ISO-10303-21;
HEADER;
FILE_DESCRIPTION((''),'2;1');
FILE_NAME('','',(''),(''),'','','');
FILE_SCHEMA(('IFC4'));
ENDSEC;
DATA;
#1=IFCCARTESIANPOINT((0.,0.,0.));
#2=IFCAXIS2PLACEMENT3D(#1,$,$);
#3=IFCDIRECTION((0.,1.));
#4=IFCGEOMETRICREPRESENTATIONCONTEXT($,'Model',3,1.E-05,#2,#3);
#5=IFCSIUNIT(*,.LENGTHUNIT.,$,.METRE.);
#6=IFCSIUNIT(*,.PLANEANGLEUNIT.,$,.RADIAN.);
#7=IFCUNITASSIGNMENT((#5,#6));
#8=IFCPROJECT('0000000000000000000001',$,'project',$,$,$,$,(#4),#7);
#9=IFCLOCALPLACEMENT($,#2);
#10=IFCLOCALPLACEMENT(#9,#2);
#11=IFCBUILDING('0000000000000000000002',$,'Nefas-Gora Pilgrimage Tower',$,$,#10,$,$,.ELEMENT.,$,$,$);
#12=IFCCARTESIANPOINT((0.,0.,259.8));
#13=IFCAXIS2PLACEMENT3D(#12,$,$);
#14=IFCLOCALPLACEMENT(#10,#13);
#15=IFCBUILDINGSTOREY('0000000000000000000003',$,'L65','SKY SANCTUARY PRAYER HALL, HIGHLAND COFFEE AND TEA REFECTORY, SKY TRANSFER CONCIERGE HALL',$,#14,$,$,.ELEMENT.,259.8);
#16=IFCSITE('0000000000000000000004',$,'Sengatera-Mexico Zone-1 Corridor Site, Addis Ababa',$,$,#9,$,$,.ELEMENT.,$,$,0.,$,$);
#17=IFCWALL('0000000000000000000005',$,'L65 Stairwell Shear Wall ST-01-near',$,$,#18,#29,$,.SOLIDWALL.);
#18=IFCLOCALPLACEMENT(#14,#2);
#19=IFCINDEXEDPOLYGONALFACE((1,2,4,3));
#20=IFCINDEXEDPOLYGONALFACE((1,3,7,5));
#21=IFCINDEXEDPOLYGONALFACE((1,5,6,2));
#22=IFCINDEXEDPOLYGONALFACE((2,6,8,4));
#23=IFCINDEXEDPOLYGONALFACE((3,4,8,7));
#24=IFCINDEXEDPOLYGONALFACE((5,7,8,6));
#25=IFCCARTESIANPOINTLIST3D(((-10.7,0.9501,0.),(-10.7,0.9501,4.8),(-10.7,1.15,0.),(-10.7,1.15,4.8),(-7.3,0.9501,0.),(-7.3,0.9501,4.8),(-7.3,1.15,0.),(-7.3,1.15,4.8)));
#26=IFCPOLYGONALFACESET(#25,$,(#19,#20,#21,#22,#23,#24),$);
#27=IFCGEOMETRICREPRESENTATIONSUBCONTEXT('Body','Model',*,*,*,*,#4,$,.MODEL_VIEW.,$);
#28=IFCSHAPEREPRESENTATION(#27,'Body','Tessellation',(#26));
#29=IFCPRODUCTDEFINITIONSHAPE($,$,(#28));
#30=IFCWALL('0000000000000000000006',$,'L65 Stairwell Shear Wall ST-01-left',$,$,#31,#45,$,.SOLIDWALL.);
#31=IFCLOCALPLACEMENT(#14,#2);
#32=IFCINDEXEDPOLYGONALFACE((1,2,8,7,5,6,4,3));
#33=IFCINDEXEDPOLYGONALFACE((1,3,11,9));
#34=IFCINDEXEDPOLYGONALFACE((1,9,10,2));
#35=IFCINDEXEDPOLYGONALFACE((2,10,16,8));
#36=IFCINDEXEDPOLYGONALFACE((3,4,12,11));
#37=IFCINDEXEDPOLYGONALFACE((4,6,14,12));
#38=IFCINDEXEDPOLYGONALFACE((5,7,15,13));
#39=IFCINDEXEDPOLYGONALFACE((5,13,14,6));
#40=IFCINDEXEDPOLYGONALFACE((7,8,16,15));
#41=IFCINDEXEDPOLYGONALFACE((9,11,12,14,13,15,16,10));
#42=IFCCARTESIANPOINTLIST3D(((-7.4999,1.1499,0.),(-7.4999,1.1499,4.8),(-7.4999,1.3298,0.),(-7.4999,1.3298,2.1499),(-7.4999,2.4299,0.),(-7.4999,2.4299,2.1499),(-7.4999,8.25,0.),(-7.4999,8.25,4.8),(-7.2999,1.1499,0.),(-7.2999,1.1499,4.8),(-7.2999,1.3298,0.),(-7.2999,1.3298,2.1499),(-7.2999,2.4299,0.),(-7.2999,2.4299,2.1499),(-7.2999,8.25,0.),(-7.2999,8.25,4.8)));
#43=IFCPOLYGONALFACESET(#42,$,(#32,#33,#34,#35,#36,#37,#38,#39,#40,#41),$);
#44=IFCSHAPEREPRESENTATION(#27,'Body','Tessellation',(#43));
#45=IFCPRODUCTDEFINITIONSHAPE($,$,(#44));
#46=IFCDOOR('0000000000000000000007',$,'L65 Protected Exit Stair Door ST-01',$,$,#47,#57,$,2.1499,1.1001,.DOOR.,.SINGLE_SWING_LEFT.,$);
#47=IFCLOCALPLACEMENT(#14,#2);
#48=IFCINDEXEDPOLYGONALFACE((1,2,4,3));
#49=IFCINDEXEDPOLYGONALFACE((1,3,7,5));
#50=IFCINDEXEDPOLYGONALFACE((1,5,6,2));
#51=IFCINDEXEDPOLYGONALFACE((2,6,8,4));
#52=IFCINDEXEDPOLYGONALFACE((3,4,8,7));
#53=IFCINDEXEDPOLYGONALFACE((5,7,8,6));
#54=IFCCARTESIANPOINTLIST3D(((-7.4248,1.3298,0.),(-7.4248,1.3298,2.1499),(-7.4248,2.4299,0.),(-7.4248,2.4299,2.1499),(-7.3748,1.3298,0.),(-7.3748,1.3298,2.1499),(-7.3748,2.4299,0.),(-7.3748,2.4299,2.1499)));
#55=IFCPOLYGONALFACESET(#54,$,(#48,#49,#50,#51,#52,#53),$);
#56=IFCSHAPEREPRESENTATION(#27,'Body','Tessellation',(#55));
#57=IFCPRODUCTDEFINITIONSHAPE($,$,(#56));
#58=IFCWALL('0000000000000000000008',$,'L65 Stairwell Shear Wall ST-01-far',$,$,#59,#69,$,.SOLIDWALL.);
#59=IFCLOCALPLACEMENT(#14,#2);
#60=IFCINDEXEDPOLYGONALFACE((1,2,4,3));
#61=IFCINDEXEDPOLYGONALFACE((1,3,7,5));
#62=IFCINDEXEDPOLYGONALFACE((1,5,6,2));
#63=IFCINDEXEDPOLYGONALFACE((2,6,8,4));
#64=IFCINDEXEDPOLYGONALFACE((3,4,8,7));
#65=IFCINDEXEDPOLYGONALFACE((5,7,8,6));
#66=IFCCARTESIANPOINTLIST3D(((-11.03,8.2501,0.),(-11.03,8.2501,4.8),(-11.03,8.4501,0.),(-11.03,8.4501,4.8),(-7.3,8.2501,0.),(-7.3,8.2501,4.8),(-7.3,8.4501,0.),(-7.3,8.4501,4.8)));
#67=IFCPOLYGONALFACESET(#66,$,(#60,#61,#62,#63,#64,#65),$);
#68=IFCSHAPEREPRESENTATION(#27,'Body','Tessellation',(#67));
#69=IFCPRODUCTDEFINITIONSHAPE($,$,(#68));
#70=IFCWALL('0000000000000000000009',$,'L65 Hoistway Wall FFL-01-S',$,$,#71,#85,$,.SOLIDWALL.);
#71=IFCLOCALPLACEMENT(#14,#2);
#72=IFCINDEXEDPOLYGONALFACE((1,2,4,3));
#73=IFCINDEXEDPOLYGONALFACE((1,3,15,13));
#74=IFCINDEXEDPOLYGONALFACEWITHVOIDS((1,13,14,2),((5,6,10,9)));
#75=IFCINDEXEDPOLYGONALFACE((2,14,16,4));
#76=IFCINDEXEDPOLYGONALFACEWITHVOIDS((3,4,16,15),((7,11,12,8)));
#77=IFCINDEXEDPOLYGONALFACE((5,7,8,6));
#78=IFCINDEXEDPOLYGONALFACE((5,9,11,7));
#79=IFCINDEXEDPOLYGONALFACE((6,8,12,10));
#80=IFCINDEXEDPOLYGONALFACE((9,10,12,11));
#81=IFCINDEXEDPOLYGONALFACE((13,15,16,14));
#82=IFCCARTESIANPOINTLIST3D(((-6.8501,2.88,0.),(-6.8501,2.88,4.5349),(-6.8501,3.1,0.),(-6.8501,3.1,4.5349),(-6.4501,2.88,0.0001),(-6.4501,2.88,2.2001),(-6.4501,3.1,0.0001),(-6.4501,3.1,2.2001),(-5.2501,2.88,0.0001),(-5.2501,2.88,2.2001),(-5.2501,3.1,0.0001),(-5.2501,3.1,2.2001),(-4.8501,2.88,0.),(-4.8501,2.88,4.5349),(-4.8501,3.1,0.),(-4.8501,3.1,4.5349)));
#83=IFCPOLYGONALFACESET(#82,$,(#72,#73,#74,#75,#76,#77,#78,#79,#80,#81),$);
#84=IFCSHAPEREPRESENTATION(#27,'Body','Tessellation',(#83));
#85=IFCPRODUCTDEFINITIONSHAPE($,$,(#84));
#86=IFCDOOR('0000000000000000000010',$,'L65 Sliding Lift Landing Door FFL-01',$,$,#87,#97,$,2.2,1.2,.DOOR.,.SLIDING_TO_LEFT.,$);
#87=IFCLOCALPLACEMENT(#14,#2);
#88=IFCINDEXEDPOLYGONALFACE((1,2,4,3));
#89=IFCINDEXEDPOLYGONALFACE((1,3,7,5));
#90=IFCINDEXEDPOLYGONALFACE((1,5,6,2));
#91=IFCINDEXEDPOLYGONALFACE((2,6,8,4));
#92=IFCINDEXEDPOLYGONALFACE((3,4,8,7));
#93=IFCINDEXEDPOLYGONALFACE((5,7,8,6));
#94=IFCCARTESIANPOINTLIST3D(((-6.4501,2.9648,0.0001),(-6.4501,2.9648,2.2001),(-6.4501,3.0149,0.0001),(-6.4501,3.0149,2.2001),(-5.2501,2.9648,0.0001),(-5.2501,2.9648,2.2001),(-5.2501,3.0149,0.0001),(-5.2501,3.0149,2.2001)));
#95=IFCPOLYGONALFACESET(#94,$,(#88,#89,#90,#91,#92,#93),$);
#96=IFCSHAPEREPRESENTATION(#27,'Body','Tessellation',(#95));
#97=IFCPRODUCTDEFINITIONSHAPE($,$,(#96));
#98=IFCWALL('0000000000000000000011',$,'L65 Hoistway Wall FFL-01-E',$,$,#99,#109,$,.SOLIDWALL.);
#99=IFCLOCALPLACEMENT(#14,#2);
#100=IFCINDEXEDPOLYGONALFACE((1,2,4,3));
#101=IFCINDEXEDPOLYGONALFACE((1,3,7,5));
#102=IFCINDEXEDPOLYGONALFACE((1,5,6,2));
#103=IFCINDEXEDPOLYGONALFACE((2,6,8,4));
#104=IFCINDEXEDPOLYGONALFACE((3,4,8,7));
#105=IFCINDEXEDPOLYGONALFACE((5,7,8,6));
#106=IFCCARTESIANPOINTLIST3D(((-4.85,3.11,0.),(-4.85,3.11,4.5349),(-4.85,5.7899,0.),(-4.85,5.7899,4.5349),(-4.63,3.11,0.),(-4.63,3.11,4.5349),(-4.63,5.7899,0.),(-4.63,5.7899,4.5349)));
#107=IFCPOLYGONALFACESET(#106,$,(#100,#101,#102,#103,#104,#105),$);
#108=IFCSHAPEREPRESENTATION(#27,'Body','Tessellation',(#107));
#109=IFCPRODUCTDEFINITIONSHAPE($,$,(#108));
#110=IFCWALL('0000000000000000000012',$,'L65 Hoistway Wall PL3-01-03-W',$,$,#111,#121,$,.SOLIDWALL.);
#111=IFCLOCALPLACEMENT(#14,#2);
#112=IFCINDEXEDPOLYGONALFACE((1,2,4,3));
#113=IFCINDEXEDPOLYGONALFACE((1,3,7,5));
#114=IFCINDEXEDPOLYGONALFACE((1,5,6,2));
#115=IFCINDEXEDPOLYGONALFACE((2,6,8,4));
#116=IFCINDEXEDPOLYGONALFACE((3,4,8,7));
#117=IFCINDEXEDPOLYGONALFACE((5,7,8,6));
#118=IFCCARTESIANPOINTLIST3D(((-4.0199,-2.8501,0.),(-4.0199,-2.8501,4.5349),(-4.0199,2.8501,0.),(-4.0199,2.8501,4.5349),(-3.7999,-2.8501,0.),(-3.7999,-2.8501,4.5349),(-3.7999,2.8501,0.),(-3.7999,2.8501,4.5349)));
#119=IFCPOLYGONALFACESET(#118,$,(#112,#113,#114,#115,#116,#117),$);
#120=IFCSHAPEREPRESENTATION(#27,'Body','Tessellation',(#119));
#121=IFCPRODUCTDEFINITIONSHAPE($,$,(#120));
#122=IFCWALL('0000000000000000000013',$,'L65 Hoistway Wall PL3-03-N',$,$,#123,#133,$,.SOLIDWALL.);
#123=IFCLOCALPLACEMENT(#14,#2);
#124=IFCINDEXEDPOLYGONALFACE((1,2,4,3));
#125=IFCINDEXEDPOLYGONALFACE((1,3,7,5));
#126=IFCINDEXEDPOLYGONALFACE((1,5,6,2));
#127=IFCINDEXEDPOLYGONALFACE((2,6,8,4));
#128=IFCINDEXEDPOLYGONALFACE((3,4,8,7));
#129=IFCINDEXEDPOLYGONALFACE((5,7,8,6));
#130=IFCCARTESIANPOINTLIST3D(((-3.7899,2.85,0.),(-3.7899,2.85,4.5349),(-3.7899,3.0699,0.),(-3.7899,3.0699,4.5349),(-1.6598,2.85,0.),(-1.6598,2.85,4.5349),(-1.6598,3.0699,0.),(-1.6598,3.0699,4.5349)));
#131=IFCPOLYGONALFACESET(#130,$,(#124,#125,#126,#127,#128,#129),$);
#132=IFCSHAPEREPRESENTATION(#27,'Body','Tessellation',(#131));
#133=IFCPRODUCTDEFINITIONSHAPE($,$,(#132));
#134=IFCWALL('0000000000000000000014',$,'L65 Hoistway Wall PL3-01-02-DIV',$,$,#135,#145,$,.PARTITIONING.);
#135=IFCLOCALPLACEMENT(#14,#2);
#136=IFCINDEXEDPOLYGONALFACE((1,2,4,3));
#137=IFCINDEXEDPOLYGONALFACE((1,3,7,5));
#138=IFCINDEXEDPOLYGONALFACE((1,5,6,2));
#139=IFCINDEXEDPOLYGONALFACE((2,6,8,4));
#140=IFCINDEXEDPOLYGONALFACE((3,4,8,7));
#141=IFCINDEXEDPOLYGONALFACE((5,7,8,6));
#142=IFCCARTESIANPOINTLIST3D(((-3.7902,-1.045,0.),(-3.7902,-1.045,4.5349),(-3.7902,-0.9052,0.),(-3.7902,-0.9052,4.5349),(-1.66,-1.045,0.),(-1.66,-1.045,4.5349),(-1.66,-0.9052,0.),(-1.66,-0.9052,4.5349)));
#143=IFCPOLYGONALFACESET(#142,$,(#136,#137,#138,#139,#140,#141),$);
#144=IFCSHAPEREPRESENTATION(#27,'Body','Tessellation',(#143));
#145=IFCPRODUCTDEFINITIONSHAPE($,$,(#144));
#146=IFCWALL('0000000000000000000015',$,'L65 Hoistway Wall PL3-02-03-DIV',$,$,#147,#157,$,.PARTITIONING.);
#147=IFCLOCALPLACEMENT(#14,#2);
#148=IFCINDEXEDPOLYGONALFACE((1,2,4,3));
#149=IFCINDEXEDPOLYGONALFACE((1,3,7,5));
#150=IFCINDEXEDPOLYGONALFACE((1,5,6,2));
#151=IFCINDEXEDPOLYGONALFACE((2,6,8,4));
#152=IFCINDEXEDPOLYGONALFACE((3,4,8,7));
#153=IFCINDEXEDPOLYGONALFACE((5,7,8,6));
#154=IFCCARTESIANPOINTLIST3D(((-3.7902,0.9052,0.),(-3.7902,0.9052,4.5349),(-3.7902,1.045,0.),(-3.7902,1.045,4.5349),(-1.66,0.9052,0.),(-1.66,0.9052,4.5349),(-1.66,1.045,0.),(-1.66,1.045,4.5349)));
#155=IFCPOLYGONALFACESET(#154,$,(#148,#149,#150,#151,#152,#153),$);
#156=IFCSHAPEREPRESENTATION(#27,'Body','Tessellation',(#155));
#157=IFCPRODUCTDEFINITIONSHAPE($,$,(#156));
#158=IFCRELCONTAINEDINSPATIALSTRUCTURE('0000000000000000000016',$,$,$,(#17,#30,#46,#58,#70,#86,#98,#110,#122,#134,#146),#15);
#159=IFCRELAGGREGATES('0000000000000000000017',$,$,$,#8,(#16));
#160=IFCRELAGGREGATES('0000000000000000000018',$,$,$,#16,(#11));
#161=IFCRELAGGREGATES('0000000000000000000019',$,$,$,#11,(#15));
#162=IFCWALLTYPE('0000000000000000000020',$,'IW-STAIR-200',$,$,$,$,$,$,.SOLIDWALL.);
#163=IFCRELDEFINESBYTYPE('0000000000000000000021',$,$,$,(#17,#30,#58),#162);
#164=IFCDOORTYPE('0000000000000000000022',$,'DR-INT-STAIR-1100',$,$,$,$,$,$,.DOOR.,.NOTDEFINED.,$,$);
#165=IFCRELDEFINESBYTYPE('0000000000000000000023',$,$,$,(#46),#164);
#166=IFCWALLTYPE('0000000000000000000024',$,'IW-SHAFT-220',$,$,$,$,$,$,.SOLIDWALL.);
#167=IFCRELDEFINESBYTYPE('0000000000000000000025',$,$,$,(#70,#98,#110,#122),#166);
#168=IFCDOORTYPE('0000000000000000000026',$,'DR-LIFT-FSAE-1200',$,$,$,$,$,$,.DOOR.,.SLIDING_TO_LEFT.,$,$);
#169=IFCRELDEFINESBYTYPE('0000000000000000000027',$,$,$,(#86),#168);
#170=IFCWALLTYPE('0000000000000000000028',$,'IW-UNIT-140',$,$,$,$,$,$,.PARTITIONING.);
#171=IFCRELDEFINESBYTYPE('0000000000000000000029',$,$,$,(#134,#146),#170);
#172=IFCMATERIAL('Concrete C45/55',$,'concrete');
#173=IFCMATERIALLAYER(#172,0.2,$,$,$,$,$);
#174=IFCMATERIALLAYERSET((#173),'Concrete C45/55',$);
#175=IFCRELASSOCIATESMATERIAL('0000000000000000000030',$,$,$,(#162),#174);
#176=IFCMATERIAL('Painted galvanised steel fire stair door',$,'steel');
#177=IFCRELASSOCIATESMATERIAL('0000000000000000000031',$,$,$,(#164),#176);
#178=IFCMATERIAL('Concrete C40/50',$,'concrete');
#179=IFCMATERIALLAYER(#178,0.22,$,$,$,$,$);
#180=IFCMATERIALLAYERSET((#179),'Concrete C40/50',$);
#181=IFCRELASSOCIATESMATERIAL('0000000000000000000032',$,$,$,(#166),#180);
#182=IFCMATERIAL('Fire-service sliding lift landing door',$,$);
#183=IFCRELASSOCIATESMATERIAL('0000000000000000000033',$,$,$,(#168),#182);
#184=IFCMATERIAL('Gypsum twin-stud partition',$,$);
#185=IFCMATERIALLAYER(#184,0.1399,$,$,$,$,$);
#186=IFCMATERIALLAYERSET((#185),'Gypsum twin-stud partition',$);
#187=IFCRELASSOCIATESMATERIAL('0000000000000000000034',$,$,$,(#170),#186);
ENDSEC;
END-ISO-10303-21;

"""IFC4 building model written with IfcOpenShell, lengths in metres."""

from ifc_helpers import new_model, si_unit, direction, frame, frame_2d, origin, place, context, subcontext, project, spatial, rectangle, extrude, source, transform, mapped, material, layer, layer_set, type_object, element, fill, save


model = new_model("IFC4")

# Units and contexts
model_context = context("Model", 3, precision=1e-05, world=origin(), true_north=direction((0.0, 1.0)))
body_context = subcontext(model_context, "Body", "Model", "MODEL_VIEW")
ifc_project = project(units=[si_unit("LENGTHUNIT", "METRE"), si_unit("PLANEANGLEUNIT", "RADIAN")], contexts=[model_context])

# Site, building, storey
site_placement = place(None, origin())
site = spatial("IfcSite", under=ifc_project, at=site_placement, Name="Sengatera-Mexico Zone-1 Corridor Site, Addis Ababa", CompositionType="ELEMENT", RefElevation=0.0)
building_placement = place(site_placement, origin())
building = spatial("IfcBuilding", under=site, at=building_placement, Name="Nefas-Gora Pilgrimage Tower", CompositionType="ELEMENT")
storey_placement = place(building_placement, frame((0.0, 0.0, 259.8)))
storey = spatial("IfcBuildingStorey", under=building, at=storey_placement, Name="L65", Description="SKY SANCTUARY PRAYER HALL, HIGHLAND COFFEE AND TEA REFECTORY, SKY TRANSFER CONCIERGE HALL", CompositionType="ELEMENT", Elevation=259.8)

# Shared definitions
ifc_material_1 = material(Name="Concrete C45/55", Category="concrete")

# Shared definitions
ifc_material_2 = material(Name="Concrete C40/50", Category="concrete")

# Wall
ifc_layer_1 = layer(ifc_material_1, 0.2)
ifc_layer_set_1 = layer_set([ifc_layer_1], Name="Concrete C45/55")
wall_type_1 = type_object("IfcWallType", Name="IW-STAIR-200", PredefinedType="SOLIDWALL", material=ifc_layer_set_1)
shared_shape_1 = source(origin(), body_context, "Body", "SweptSolid", [
    extrude(rectangle(XDim=3.3999, YDim=0.2, at=frame_2d((1.7, 0.0))), origin(), (0.0, 0.0, 1.0), 4.8),
])
wall_1_placement = place(storey_placement, frame((-7.3, 1.05, 0.0), z_axis=(0.0, 0.0, 1.0), x_axis=(-1.0, 0.0, 0.0)))
element("IfcWall", 1, at=wall_1_placement, inside=storey, type_object=wall_type_1, Name="L65 Stairwell Shear Wall ST-01-near", PredefinedType="SOLIDWALL", context=body_context, shape_type="MappedRepresentation", body=[
    mapped(shared_shape_1, transform((0.0, 0.0, 0.0), x_axis=(1.0, 0.0, 0.0), y_axis=(0.0, 1.0, 0.0), z_axis=(0.0, 0.0, 1.0), scale=1.0)),
])

# Wall, opening, door
shared_shape_2 = source(origin(), body_context, "Body", "SweptSolid", [
    extrude(rectangle(XDim=7.1001, YDim=0.2, at=frame_2d((3.55, 0.0))), origin(), (0.0, 0.0, 1.0), 4.8),
])
wall_2_placement = place(storey_placement, frame((-7.3999, 1.1499, 0.0), z_axis=(0.0, 0.0, 1.0), x_axis=(0.0, 1.0, 0.0)))
wall_2 = element("IfcWall", 2, at=wall_2_placement, inside=storey, type_object=wall_type_1, Name="L65 Stairwell Shear Wall ST-01-left", PredefinedType="SOLIDWALL", context=body_context, shape_type="MappedRepresentation", body=[
    mapped(shared_shape_2, transform((0.0, 0.0, 0.0), x_axis=(1.0, 0.0, 0.0), y_axis=(0.0, 1.0, 0.0), z_axis=(0.0, 0.0, 1.0), scale=1.0)),
])
opening_1_placement = place(wall_2_placement, frame((0.1799, 0.0, 0.0)))
opening_1 = element("IfcOpeningElement", 3, at=opening_1_placement, cuts=wall_2, PredefinedType="OPENING", context=body_context, shape_type="SweptSolid", body=[
    extrude(rectangle(XDim=1.1001, YDim=2.1499, at=frame_2d((0.55, 1.075))), frame((0.0, 0.1099, 0.0), z_axis=(0.0, -1.0, 0.0), x_axis=(1.0, 0.0, 0.0)), (0.0, 0.0, 1.0), 0.22),
])
ifc_material_3 = material(Name="Painted galvanised steel fire stair door", Category="steel")
door_type_1 = type_object("IfcDoorType", Name="DR-INT-STAIR-1100", OperationType="NOTDEFINED", PredefinedType="DOOR", material=ifc_material_3)
shared_shape_3 = source(origin(), body_context, "Body", "SweptSolid", [
    extrude(rectangle(XDim=1.1001, YDim=2.1499, at=frame_2d((0.55, 1.075))), frame((0.0, 0.0249, 0.0), z_axis=(0.0, -1.0, 0.0), x_axis=(1.0, 0.0, 0.0)), (0.0, 0.0, 1.0), 0.05),
])
door_1_placement = place(opening_1_placement, origin())
door_1 = element("IfcDoor", 4, at=door_1_placement, inside=storey, type_object=door_type_1, Name="L65 Protected Exit Stair Door ST-01", OperationType="SINGLE_SWING_LEFT", OverallHeight=2.1499, OverallWidth=1.1001, PredefinedType="DOOR", context=body_context, shape_type="MappedRepresentation", body=[
    mapped(shared_shape_3, transform((0.0, 0.0, 0.0), x_axis=(1.0, 0.0, 0.0), y_axis=(0.0, 1.0, 0.0), z_axis=(0.0, 0.0, 1.0), scale=1.0)),
])
fill(opening_1, door_1)

# Wall
shared_shape_4 = source(origin(), body_context, "Body", "SweptSolid", [
    extrude(rectangle(XDim=3.73, YDim=0.2, at=frame_2d((1.865, 0.0))), origin(), (0.0, 0.0, 1.0), 4.8),
])
wall_3_placement = place(storey_placement, frame((-7.3, 8.3501, 0.0), z_axis=(0.0, 0.0, 1.0), x_axis=(-1.0, 0.0, 0.0)))
element("IfcWall", 5, at=wall_3_placement, inside=storey, type_object=wall_type_1, Name="L65 Stairwell Shear Wall ST-01-far", PredefinedType="SOLIDWALL", context=body_context, shape_type="MappedRepresentation", body=[
    mapped(shared_shape_4, transform((0.0, 0.0, 0.0), x_axis=(1.0, 0.0, 0.0), y_axis=(0.0, 1.0, 0.0), z_axis=(0.0, 0.0, 1.0), scale=1.0)),
])

# Wall, opening, door
ifc_layer_2 = layer(ifc_material_2, 0.22)
ifc_layer_set_2 = layer_set([ifc_layer_2], Name="Concrete C40/50")
wall_type_2 = type_object("IfcWallType", Name="IW-SHAFT-220", PredefinedType="SOLIDWALL", material=ifc_layer_set_2)
shared_shape_5 = source(origin(), body_context, "Body", "SweptSolid", [
    extrude(rectangle(XDim=2.0, YDim=0.22, at=frame_2d((1.0, 0.0))), origin(), (0.0, 0.0, 1.0), 4.5349),
])
wall_4_placement = place(storey_placement, frame((-6.8501, 2.99, 0.0), z_axis=(0.0, 0.0, 1.0), x_axis=(1.0, 0.0, 0.0)))
wall_4 = element("IfcWall", 6, at=wall_4_placement, inside=storey, type_object=wall_type_2, Name="L65 Hoistway Wall FFL-01-S", PredefinedType="SOLIDWALL", context=body_context, shape_type="MappedRepresentation", body=[
    mapped(shared_shape_5, transform((0.0, 0.0, 0.0), x_axis=(1.0, 0.0, 0.0), y_axis=(0.0, 1.0, 0.0), z_axis=(0.0, 0.0, 1.0), scale=1.0)),
])
opening_2_placement = place(wall_4_placement, frame((0.3999, 0.0, 0.0)))
opening_2 = element("IfcOpeningElement", 7, at=opening_2_placement, cuts=wall_4, PredefinedType="OPENING", context=body_context, shape_type="SweptSolid", body=[
    extrude(rectangle(XDim=1.2, YDim=2.2, at=frame_2d((0.6001, 1.1001))), frame((0.0, 0.1199, 0.0), z_axis=(0.0, -1.0, 0.0), x_axis=(1.0, 0.0, 0.0)), (0.0, 0.0, 1.0), 0.24),
])
ifc_material_4 = material(Name="Fire-service sliding lift landing door")
door_type_2 = type_object("IfcDoorType", Name="DR-LIFT-FSAE-1200", OperationType="SLIDING_TO_LEFT", PredefinedType="DOOR", material=ifc_material_4)
shared_shape_6 = source(origin(), body_context, "Body", "SweptSolid", [
    extrude(rectangle(XDim=1.2, YDim=2.2, at=frame_2d((0.6001, 1.1001))), frame((0.0, 0.0249, 0.0), z_axis=(0.0, -1.0, 0.0), x_axis=(1.0, 0.0, 0.0)), (0.0, 0.0, 1.0), 0.05),
])
door_2_placement = place(opening_2_placement, origin())
door_2 = element("IfcDoor", 8, at=door_2_placement, inside=storey, type_object=door_type_2, Name="L65 Sliding Lift Landing Door FFL-01", OperationType="SLIDING_TO_LEFT", OverallHeight=2.2, OverallWidth=1.2, PredefinedType="DOOR", context=body_context, shape_type="MappedRepresentation", body=[
    mapped(shared_shape_6, transform((0.0, 0.0, 0.0), x_axis=(1.0, 0.0, 0.0), y_axis=(0.0, 1.0, 0.0), z_axis=(0.0, 0.0, 1.0), scale=1.0)),
])
fill(opening_2, door_2)

# Walls
shared_shape_7 = source(origin(), body_context, "Body", "SweptSolid", [
    extrude(rectangle(XDim=2.6799, YDim=0.22, at=frame_2d((1.3398, 0.0))), origin(), (0.0, 0.0, 1.0), 4.5349),
])
wall_5_placement = place(storey_placement, frame((-4.74, 3.1101, 0.0), z_axis=(0.0, 0.0, 1.0), x_axis=(0.0, 1.0, 0.0)))
element("IfcWall", 9, at=wall_5_placement, inside=storey, type_object=wall_type_2, Name="L65 Hoistway Wall FFL-01-E", PredefinedType="SOLIDWALL", context=body_context, shape_type="MappedRepresentation", body=[
    mapped(shared_shape_7, transform((0.0, 0.0, 0.0), x_axis=(1.0, 0.0, 0.0), y_axis=(0.0, 1.0, 0.0), z_axis=(0.0, 0.0, 1.0), scale=1.0)),
])
shared_shape_8 = source(origin(), body_context, "Body", "SweptSolid", [
    extrude(rectangle(XDim=5.7002, YDim=0.22, at=frame_2d((2.8501, 0.0))), origin(), (0.0, 0.0, 1.0), 4.5349),
])
wall_6_placement = place(storey_placement, frame((-3.9099, 2.8501, 0.0), z_axis=(0.0, 0.0, 1.0), x_axis=(0.0, -1.0, 0.0)))
element("IfcWall", 10, at=wall_6_placement, inside=storey, type_object=wall_type_2, Name="L65 Hoistway Wall PL3-01-03-W", PredefinedType="SOLIDWALL", context=body_context, shape_type="MappedRepresentation", body=[
    mapped(shared_shape_8, transform((0.0, 0.0, 0.0), x_axis=(1.0, 0.0, 0.0), y_axis=(0.0, 1.0, 0.0), z_axis=(0.0, 0.0, 1.0), scale=1.0)),
])
shared_shape_9 = source(origin(), body_context, "Body", "SweptSolid", [
    extrude(rectangle(XDim=2.1301, YDim=0.22, at=frame_2d((1.0649, 0.0))), origin(), (0.0, 0.0, 1.0), 4.5349),
])
wall_7_placement = place(storey_placement, frame((-1.6599, 2.96, 0.0), z_axis=(0.0, 0.0, 1.0), x_axis=(-1.0, 0.0, 0.0)))
element("IfcWall", 11, at=wall_7_placement, inside=storey, type_object=wall_type_2, Name="L65 Hoistway Wall PL3-03-N", PredefinedType="SOLIDWALL", context=body_context, shape_type="MappedRepresentation", body=[
    mapped(shared_shape_9, transform((0.0, 0.0, 0.0), x_axis=(1.0, 0.0, 0.0), y_axis=(0.0, 1.0, 0.0), z_axis=(0.0, 0.0, 1.0), scale=1.0)),
])
ifc_material_5 = material(Name="Gypsum twin-stud partition")
ifc_layer_3 = layer(ifc_material_5, 0.1399)
ifc_layer_set_3 = layer_set([ifc_layer_3], Name="Gypsum twin-stud partition")
wall_type_3 = type_object("IfcWallType", Name="IW-UNIT-140", PredefinedType="PARTITIONING", material=ifc_layer_set_3)
shared_shape_10 = source(origin(), body_context, "Body", "SweptSolid", [
    extrude(rectangle(XDim=2.1301, YDim=0.1399, at=frame_2d((1.0649, 0.0))), origin(), (0.0, 0.0, 1.0), 4.5349),
])
for number, where, z_axis, x_axis, name in (
    (12, (-3.79, -0.9751, 0.0), (0.0, 0.0, 1.0), (1.0, 0.0, 0.0), "L65 Hoistway Wall PL3-01-02-DIV"),
    (13, (-3.79, 0.9751, 0.0), (0.0, 0.0, 1.0), (1.0, 0.0, 0.0), "L65 Hoistway Wall PL3-02-03-DIV"),
):
    element("IfcWall", number, at=place(storey_placement, frame(where, z_axis=z_axis, x_axis=x_axis)), inside=storey, type_object=wall_type_3, Name=name, PredefinedType="PARTITIONING", context=body_context, shape_type="MappedRepresentation", body=[
        mapped(shared_shape_10, transform((0.0, 0.0, 0.0), x_axis=(1.0, 0.0, 0.0), y_axis=(0.0, 1.0, 0.0), z_axis=(0.0, 0.0, 1.0), scale=1.0)),
    ])

save(model, "model.ifc")
